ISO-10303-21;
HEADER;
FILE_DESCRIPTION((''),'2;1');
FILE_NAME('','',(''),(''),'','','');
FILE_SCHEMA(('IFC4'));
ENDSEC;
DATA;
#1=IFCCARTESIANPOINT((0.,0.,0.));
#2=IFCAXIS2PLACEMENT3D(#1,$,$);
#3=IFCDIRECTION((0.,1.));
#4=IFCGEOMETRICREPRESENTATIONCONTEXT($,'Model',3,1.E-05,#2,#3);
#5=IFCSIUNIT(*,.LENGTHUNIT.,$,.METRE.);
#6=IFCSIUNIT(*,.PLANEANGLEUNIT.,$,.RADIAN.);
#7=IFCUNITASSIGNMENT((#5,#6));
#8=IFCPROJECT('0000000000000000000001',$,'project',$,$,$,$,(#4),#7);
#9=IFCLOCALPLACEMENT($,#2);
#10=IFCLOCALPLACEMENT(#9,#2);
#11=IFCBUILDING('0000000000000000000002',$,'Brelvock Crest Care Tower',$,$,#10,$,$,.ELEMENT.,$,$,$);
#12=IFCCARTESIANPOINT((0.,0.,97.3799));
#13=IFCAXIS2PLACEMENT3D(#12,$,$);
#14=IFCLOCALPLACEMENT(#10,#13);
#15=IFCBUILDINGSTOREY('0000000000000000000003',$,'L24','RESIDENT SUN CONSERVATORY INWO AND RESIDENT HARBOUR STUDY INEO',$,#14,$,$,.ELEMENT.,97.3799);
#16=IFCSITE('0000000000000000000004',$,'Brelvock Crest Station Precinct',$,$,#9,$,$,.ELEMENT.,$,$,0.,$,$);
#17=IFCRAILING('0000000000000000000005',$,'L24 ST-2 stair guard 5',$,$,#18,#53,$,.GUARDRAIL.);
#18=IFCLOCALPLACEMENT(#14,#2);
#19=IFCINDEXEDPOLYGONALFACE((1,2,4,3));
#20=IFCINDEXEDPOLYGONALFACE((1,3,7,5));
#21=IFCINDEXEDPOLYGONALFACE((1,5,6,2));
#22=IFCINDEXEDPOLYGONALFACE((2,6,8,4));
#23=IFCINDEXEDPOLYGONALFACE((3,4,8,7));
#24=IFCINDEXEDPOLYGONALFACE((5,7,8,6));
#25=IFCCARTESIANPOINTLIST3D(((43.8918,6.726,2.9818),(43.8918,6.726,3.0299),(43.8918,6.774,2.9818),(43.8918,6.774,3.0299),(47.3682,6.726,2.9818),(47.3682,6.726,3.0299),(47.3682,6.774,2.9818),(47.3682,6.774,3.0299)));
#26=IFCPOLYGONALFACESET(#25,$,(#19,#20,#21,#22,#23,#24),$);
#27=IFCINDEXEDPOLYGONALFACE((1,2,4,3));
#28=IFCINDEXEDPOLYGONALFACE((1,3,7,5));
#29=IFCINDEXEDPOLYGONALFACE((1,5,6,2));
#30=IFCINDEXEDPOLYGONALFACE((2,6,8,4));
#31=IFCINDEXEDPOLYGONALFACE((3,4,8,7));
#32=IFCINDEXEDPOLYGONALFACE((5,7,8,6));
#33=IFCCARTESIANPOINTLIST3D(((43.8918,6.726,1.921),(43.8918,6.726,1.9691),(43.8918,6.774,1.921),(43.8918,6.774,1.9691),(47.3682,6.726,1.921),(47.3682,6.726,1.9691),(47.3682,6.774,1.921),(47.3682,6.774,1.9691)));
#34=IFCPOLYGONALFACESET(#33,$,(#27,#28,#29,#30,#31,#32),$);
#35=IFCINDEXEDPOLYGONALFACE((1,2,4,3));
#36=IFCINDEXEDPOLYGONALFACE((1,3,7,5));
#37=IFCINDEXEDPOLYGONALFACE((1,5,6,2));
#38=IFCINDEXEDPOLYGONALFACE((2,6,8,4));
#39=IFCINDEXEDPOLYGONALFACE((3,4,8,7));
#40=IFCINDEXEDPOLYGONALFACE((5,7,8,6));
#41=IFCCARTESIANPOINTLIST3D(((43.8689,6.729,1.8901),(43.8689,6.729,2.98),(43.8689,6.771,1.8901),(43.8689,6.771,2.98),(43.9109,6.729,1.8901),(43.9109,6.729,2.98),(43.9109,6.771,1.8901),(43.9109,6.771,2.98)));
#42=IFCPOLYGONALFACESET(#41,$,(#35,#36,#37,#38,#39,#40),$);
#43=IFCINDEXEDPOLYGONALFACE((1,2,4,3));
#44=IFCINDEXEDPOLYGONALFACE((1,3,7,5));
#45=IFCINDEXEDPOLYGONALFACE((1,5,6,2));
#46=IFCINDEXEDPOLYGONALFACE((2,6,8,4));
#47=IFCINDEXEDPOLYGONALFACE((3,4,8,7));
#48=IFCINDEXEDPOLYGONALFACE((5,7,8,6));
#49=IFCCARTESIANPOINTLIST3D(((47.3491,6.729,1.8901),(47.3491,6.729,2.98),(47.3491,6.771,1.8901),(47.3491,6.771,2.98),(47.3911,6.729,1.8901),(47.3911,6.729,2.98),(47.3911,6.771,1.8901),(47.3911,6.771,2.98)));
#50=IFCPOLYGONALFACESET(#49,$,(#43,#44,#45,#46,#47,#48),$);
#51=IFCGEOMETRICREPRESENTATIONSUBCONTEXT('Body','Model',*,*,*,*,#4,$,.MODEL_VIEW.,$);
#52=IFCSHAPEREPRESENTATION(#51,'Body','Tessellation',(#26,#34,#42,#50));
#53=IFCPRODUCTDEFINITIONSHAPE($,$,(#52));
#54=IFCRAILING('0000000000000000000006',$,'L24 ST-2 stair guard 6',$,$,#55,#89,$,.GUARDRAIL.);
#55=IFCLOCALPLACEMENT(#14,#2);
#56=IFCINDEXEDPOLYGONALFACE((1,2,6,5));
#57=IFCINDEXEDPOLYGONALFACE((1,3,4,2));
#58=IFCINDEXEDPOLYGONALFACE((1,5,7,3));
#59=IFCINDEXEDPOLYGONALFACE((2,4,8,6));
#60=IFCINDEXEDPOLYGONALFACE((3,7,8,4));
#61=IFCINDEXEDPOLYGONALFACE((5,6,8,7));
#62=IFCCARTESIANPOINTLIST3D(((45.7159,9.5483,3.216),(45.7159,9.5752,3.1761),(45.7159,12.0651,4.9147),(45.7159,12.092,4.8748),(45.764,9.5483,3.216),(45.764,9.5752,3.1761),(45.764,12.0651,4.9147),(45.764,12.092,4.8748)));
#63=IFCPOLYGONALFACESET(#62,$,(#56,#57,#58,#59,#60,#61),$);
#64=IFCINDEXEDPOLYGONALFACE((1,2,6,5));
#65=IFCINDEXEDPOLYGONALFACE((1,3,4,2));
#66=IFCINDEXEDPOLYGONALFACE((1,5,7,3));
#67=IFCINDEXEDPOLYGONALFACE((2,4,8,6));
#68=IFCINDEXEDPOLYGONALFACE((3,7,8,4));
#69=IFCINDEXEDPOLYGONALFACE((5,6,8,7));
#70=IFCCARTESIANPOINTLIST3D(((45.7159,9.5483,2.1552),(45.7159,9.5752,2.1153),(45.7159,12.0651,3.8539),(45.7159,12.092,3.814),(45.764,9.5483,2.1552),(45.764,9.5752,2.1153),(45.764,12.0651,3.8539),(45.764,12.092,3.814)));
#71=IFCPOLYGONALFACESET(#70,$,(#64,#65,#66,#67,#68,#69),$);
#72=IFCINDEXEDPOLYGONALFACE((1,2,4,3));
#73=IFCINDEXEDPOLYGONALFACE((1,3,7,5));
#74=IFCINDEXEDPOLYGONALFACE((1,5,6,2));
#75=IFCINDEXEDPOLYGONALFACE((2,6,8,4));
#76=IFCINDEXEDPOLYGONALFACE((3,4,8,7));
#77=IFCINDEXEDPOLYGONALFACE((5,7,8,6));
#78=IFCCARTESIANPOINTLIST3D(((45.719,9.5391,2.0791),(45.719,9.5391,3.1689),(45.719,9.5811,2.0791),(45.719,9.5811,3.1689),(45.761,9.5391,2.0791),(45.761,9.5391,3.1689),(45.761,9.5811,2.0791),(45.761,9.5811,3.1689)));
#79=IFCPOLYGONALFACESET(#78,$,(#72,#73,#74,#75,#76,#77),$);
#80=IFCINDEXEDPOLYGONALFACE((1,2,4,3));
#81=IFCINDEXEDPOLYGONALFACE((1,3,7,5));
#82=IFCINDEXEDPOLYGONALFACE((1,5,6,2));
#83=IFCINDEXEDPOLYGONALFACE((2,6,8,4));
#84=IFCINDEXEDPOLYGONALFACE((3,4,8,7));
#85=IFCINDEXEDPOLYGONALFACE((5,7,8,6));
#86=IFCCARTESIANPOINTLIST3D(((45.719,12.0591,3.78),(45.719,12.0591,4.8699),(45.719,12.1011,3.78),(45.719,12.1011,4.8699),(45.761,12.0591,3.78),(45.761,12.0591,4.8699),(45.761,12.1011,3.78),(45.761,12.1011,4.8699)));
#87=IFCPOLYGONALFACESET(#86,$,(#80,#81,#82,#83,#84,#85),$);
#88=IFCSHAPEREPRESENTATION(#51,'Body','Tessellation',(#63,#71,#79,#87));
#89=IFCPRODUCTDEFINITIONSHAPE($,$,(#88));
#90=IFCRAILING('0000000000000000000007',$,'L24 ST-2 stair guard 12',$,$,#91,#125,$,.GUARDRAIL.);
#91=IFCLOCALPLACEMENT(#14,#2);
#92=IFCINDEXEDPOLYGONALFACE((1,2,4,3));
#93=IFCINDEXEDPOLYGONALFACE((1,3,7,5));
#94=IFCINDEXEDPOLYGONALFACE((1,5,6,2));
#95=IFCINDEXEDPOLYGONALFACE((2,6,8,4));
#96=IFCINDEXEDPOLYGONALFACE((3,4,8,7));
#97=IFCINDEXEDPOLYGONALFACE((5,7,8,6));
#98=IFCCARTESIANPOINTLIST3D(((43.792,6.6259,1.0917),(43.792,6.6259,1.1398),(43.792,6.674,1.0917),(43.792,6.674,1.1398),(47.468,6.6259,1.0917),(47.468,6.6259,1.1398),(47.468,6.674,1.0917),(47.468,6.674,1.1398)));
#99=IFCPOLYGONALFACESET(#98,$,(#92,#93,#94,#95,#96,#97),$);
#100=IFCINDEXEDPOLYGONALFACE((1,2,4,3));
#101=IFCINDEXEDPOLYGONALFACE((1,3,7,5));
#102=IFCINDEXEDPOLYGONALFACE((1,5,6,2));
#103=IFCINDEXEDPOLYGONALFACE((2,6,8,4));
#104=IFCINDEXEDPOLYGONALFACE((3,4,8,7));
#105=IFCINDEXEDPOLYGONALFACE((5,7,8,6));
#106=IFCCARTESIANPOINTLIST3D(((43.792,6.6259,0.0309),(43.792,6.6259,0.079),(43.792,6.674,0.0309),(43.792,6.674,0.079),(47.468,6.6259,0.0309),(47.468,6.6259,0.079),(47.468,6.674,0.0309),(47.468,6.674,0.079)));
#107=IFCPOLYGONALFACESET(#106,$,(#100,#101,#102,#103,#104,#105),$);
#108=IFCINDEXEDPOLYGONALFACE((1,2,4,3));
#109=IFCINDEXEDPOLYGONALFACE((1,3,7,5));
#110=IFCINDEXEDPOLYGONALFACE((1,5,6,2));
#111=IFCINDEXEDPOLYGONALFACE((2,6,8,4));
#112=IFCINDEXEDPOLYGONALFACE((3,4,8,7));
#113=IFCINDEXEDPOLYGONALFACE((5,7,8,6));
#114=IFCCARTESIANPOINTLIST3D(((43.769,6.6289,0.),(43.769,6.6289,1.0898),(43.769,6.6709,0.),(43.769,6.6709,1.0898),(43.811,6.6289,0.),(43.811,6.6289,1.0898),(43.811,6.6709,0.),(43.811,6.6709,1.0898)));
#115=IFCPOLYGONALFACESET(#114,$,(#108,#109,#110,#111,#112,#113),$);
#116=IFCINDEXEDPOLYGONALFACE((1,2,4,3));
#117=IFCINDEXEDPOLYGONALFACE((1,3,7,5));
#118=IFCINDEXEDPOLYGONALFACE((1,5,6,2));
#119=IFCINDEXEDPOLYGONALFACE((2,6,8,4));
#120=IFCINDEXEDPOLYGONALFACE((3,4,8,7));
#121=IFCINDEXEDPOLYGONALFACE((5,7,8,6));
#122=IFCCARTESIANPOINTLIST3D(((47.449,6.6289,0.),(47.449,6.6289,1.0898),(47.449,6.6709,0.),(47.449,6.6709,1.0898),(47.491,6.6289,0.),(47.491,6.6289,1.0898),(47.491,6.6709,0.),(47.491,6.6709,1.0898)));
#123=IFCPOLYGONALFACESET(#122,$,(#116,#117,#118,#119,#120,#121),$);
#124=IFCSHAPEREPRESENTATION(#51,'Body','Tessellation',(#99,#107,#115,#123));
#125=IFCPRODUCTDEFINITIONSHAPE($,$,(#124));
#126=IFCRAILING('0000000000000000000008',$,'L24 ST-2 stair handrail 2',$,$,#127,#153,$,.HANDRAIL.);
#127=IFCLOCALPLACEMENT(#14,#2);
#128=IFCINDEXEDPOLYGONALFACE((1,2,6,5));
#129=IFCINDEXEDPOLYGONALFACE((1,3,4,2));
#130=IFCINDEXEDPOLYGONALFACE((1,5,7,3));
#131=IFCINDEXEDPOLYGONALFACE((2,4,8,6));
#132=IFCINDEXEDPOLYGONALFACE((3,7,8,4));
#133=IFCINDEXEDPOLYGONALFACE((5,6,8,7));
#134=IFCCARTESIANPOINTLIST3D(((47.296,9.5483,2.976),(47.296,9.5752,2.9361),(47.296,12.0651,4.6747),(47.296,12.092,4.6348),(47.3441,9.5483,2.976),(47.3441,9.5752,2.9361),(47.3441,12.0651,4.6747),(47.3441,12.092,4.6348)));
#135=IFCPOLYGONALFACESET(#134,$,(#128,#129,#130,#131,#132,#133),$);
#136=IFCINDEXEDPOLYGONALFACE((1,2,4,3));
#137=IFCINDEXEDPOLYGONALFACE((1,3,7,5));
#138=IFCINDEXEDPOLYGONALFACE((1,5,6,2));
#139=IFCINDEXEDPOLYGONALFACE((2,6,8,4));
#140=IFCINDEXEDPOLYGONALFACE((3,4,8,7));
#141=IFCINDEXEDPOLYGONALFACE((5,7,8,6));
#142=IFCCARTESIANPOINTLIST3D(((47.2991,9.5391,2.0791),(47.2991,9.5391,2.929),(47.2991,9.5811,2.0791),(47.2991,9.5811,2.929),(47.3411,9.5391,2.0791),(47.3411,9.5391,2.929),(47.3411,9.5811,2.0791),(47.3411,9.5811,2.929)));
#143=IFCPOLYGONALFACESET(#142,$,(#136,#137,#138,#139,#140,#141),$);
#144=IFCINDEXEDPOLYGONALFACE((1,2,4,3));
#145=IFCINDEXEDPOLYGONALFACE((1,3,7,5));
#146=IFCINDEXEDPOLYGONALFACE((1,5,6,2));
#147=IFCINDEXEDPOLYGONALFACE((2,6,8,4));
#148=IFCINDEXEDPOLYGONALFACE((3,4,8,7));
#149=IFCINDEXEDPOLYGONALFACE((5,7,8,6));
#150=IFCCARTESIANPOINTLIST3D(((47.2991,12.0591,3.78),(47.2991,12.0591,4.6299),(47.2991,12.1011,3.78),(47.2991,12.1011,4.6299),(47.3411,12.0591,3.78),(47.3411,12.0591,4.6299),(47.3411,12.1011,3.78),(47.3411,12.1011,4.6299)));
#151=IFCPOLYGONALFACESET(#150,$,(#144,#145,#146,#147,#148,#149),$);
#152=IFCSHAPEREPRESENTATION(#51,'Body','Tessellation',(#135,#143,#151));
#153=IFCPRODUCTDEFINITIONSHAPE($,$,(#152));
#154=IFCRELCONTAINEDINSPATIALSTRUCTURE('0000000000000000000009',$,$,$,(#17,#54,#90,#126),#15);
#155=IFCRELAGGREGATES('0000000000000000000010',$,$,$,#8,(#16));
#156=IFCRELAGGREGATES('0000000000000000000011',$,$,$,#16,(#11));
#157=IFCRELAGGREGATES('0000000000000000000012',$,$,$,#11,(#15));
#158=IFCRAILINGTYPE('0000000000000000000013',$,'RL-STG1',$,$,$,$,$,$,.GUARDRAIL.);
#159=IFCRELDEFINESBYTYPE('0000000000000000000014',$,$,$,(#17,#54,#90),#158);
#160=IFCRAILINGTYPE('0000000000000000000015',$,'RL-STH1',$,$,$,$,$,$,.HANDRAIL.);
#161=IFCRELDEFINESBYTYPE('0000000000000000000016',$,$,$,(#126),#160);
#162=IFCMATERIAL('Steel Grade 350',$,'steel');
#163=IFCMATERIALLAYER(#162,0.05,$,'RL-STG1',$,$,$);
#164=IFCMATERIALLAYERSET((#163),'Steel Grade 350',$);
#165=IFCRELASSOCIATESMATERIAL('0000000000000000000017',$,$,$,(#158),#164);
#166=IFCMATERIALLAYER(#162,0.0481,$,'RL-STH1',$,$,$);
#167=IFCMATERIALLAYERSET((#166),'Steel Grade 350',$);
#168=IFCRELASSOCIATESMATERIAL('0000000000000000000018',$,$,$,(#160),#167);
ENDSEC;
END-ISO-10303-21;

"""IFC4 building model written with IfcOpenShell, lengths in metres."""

from ifc_helpers import new_model, si_unit, direction, frame, origin, origin_2d, place, context, subcontext, project, spatial, rectangle, extrude, material, layer, layer_set, type_object, element, save


model = new_model("IFC4")

# Units and contexts
model_context = context("Model", 3, precision=1e-05, world=origin(), true_north=direction((0.0, 1.0)))
body_context = subcontext(model_context, "Body", "Model", "MODEL_VIEW")
ifc_project = project(units=[si_unit("LENGTHUNIT", "METRE"), si_unit("PLANEANGLEUNIT", "RADIAN")], contexts=[model_context])

# Site, building, storey
site_placement = place(None, origin())
site = spatial("IfcSite", under=ifc_project, at=site_placement, Name="Brelvock Crest Station Precinct", CompositionType="ELEMENT", RefElevation=0.0)
building_placement = place(site_placement, origin())
building = spatial("IfcBuilding", under=site, at=building_placement, Name="Brelvock Crest Care Tower", CompositionType="ELEMENT")
storey_placement = place(building_placement, frame((0.0, 0.0, 97.3799)))
storey = spatial("IfcBuildingStorey", under=building, at=storey_placement, Name="L24", Description="RESIDENT SUN CONSERVATORY INWO AND RESIDENT HARBOUR STUDY INEO", CompositionType="ELEMENT", Elevation=97.3799)

# Shared definitions
ifc_material_1 = material(Name="Steel Grade 350", Category="steel")

# Railings
ifc_layer_1 = layer(ifc_material_1, 0.05, Name="RL-STG1")
ifc_layer_set_1 = layer_set([ifc_layer_1], Name="Steel Grade 350")
railing_type_1 = type_object("IfcRailingType", Name="RL-STG1", PredefinedType="GUARDRAIL", material=ifc_layer_set_1)
railing_1_placement = place(storey_placement, frame((43.8899, 6.75, 1.8901)))
element("IfcRailing", 1, at=railing_1_placement, inside=storey, type_object=railing_type_1, Name="L24 ST-2 stair guard 5", PredefinedType="GUARDRAIL", context=body_context, shape_type="SweptSolid", body=[
    extrude(rectangle(XDim=0.0481, YDim=0.0481, at=origin_2d()), frame((0.002, 0.0, 1.1157), z_axis=(1.0, 0.0, 0.0), x_axis=(0.0, 1.0, 0.0)), (0.0, 0.0, 1.0), 3.4763),
    extrude(rectangle(XDim=0.0481, YDim=0.0481, at=origin_2d()), frame((0.002, 0.0, 0.0549), z_axis=(1.0, 0.0, 0.0), x_axis=(0.0, 1.0, 0.0)), (0.0, 0.0, 1.0), 3.4763),
    extrude(rectangle(XDim=0.042, YDim=0.042, at=origin_2d()), origin(), (0.0, 0.0, 1.0), 1.0898),
    extrude(rectangle(XDim=0.042, YDim=0.042, at=origin_2d()), frame((3.4802, 0.0, 0.0)), (0.0, 0.0, 1.0), 1.0898),
])
railing_2_placement = place(storey_placement, frame((45.74, 9.5601, 2.0791)))
element("IfcRailing", 2, at=railing_2_placement, inside=storey, type_object=railing_type_1, Name="L24 ST-2 stair guard 6", PredefinedType="GUARDRAIL", context=body_context, shape_type="SweptSolid", body=[
    extrude(rectangle(XDim=0.0481, YDim=0.0481, at=origin_2d()), frame((0.0, 0.0017, 1.1169), z_axis=(0.0, 0.828862, 0.559454), x_axis=(-1.0, 0.0, 0.0)), (0.0, 0.0, 1.0), 3.0364),
    extrude(rectangle(XDim=0.0481, YDim=0.0481, at=origin_2d()), frame((0.0, 0.0017, 0.0562), z_axis=(0.0, 0.828862, 0.559454), x_axis=(-1.0, 0.0, 0.0)), (0.0, 0.0, 1.0), 3.0364),
    extrude(rectangle(XDim=0.042, YDim=0.042, at=origin_2d()), origin(), (0.0, 0.0, 1.0), 1.0898),
    extrude(rectangle(XDim=0.042, YDim=0.042, at=origin_2d()), frame((0.0, 2.52, 1.7009)), (0.0, 0.0, 1.0), 1.0898),
])
railing_3_placement = place(storey_placement, frame((43.79, 6.6499, 0.0)))
element("IfcRailing", 3, at=railing_3_placement, inside=storey, type_object=railing_type_1, Name="L24 ST-2 stair guard 12", PredefinedType="GUARDRAIL", context=body_context, shape_type="SweptSolid", body=[
    extrude(rectangle(XDim=0.0481, YDim=0.0481, at=origin_2d()), frame((0.002, 0.0, 1.1157), z_axis=(1.0, 0.0, 0.0), x_axis=(0.0, 1.0, 0.0)), (0.0, 0.0, 1.0), 3.676),
    extrude(rectangle(XDim=0.0481, YDim=0.0481, at=origin_2d()), frame((0.002, 0.0, 0.0549), z_axis=(1.0, 0.0, 0.0), x_axis=(0.0, 1.0, 0.0)), (0.0, 0.0, 1.0), 3.676),
    extrude(rectangle(XDim=0.042, YDim=0.042, at=origin_2d()), origin(), (0.0, 0.0, 1.0), 1.0898),
    extrude(rectangle(XDim=0.042, YDim=0.042, at=origin_2d()), frame((3.6799, 0.0, 0.0)), (0.0, 0.0, 1.0), 1.0898),
])
ifc_layer_2 = layer(ifc_material_1, 0.0481, Name="RL-STH1")
ifc_layer_set_2 = layer_set([ifc_layer_2], Name="Steel Grade 350")
railing_type_2 = type_object("IfcRailingType", Name="RL-STH1", PredefinedType="HANDRAIL", material=ifc_layer_set_2)
railing_4_placement = place(storey_placement, frame((47.3201, 9.5601, 2.0791)))
element("IfcRailing", 4, at=railing_4_placement, inside=storey, type_object=railing_type_2, Name="L24 ST-2 stair handrail 2", PredefinedType="HANDRAIL", context=body_context, shape_type="SweptSolid", body=[
    extrude(rectangle(XDim=0.0481, YDim=0.0481, at=origin_2d()), frame((0.0, 0.0017, 0.877), z_axis=(0.0, 0.828862, 0.559454), x_axis=(-1.0, 0.0, 0.0)), (0.0, 0.0, 1.0), 3.0364),
    extrude(rectangle(XDim=0.042, YDim=0.042, at=origin_2d()), origin(), (0.0, 0.0, 1.0), 0.8499),
    extrude(rectangle(XDim=0.042, YDim=0.042, at=origin_2d()), frame((0.0, 2.52, 1.7009)), (0.0, 0.0, 1.0), 0.8499),
])

save(model, "model.ifc")
